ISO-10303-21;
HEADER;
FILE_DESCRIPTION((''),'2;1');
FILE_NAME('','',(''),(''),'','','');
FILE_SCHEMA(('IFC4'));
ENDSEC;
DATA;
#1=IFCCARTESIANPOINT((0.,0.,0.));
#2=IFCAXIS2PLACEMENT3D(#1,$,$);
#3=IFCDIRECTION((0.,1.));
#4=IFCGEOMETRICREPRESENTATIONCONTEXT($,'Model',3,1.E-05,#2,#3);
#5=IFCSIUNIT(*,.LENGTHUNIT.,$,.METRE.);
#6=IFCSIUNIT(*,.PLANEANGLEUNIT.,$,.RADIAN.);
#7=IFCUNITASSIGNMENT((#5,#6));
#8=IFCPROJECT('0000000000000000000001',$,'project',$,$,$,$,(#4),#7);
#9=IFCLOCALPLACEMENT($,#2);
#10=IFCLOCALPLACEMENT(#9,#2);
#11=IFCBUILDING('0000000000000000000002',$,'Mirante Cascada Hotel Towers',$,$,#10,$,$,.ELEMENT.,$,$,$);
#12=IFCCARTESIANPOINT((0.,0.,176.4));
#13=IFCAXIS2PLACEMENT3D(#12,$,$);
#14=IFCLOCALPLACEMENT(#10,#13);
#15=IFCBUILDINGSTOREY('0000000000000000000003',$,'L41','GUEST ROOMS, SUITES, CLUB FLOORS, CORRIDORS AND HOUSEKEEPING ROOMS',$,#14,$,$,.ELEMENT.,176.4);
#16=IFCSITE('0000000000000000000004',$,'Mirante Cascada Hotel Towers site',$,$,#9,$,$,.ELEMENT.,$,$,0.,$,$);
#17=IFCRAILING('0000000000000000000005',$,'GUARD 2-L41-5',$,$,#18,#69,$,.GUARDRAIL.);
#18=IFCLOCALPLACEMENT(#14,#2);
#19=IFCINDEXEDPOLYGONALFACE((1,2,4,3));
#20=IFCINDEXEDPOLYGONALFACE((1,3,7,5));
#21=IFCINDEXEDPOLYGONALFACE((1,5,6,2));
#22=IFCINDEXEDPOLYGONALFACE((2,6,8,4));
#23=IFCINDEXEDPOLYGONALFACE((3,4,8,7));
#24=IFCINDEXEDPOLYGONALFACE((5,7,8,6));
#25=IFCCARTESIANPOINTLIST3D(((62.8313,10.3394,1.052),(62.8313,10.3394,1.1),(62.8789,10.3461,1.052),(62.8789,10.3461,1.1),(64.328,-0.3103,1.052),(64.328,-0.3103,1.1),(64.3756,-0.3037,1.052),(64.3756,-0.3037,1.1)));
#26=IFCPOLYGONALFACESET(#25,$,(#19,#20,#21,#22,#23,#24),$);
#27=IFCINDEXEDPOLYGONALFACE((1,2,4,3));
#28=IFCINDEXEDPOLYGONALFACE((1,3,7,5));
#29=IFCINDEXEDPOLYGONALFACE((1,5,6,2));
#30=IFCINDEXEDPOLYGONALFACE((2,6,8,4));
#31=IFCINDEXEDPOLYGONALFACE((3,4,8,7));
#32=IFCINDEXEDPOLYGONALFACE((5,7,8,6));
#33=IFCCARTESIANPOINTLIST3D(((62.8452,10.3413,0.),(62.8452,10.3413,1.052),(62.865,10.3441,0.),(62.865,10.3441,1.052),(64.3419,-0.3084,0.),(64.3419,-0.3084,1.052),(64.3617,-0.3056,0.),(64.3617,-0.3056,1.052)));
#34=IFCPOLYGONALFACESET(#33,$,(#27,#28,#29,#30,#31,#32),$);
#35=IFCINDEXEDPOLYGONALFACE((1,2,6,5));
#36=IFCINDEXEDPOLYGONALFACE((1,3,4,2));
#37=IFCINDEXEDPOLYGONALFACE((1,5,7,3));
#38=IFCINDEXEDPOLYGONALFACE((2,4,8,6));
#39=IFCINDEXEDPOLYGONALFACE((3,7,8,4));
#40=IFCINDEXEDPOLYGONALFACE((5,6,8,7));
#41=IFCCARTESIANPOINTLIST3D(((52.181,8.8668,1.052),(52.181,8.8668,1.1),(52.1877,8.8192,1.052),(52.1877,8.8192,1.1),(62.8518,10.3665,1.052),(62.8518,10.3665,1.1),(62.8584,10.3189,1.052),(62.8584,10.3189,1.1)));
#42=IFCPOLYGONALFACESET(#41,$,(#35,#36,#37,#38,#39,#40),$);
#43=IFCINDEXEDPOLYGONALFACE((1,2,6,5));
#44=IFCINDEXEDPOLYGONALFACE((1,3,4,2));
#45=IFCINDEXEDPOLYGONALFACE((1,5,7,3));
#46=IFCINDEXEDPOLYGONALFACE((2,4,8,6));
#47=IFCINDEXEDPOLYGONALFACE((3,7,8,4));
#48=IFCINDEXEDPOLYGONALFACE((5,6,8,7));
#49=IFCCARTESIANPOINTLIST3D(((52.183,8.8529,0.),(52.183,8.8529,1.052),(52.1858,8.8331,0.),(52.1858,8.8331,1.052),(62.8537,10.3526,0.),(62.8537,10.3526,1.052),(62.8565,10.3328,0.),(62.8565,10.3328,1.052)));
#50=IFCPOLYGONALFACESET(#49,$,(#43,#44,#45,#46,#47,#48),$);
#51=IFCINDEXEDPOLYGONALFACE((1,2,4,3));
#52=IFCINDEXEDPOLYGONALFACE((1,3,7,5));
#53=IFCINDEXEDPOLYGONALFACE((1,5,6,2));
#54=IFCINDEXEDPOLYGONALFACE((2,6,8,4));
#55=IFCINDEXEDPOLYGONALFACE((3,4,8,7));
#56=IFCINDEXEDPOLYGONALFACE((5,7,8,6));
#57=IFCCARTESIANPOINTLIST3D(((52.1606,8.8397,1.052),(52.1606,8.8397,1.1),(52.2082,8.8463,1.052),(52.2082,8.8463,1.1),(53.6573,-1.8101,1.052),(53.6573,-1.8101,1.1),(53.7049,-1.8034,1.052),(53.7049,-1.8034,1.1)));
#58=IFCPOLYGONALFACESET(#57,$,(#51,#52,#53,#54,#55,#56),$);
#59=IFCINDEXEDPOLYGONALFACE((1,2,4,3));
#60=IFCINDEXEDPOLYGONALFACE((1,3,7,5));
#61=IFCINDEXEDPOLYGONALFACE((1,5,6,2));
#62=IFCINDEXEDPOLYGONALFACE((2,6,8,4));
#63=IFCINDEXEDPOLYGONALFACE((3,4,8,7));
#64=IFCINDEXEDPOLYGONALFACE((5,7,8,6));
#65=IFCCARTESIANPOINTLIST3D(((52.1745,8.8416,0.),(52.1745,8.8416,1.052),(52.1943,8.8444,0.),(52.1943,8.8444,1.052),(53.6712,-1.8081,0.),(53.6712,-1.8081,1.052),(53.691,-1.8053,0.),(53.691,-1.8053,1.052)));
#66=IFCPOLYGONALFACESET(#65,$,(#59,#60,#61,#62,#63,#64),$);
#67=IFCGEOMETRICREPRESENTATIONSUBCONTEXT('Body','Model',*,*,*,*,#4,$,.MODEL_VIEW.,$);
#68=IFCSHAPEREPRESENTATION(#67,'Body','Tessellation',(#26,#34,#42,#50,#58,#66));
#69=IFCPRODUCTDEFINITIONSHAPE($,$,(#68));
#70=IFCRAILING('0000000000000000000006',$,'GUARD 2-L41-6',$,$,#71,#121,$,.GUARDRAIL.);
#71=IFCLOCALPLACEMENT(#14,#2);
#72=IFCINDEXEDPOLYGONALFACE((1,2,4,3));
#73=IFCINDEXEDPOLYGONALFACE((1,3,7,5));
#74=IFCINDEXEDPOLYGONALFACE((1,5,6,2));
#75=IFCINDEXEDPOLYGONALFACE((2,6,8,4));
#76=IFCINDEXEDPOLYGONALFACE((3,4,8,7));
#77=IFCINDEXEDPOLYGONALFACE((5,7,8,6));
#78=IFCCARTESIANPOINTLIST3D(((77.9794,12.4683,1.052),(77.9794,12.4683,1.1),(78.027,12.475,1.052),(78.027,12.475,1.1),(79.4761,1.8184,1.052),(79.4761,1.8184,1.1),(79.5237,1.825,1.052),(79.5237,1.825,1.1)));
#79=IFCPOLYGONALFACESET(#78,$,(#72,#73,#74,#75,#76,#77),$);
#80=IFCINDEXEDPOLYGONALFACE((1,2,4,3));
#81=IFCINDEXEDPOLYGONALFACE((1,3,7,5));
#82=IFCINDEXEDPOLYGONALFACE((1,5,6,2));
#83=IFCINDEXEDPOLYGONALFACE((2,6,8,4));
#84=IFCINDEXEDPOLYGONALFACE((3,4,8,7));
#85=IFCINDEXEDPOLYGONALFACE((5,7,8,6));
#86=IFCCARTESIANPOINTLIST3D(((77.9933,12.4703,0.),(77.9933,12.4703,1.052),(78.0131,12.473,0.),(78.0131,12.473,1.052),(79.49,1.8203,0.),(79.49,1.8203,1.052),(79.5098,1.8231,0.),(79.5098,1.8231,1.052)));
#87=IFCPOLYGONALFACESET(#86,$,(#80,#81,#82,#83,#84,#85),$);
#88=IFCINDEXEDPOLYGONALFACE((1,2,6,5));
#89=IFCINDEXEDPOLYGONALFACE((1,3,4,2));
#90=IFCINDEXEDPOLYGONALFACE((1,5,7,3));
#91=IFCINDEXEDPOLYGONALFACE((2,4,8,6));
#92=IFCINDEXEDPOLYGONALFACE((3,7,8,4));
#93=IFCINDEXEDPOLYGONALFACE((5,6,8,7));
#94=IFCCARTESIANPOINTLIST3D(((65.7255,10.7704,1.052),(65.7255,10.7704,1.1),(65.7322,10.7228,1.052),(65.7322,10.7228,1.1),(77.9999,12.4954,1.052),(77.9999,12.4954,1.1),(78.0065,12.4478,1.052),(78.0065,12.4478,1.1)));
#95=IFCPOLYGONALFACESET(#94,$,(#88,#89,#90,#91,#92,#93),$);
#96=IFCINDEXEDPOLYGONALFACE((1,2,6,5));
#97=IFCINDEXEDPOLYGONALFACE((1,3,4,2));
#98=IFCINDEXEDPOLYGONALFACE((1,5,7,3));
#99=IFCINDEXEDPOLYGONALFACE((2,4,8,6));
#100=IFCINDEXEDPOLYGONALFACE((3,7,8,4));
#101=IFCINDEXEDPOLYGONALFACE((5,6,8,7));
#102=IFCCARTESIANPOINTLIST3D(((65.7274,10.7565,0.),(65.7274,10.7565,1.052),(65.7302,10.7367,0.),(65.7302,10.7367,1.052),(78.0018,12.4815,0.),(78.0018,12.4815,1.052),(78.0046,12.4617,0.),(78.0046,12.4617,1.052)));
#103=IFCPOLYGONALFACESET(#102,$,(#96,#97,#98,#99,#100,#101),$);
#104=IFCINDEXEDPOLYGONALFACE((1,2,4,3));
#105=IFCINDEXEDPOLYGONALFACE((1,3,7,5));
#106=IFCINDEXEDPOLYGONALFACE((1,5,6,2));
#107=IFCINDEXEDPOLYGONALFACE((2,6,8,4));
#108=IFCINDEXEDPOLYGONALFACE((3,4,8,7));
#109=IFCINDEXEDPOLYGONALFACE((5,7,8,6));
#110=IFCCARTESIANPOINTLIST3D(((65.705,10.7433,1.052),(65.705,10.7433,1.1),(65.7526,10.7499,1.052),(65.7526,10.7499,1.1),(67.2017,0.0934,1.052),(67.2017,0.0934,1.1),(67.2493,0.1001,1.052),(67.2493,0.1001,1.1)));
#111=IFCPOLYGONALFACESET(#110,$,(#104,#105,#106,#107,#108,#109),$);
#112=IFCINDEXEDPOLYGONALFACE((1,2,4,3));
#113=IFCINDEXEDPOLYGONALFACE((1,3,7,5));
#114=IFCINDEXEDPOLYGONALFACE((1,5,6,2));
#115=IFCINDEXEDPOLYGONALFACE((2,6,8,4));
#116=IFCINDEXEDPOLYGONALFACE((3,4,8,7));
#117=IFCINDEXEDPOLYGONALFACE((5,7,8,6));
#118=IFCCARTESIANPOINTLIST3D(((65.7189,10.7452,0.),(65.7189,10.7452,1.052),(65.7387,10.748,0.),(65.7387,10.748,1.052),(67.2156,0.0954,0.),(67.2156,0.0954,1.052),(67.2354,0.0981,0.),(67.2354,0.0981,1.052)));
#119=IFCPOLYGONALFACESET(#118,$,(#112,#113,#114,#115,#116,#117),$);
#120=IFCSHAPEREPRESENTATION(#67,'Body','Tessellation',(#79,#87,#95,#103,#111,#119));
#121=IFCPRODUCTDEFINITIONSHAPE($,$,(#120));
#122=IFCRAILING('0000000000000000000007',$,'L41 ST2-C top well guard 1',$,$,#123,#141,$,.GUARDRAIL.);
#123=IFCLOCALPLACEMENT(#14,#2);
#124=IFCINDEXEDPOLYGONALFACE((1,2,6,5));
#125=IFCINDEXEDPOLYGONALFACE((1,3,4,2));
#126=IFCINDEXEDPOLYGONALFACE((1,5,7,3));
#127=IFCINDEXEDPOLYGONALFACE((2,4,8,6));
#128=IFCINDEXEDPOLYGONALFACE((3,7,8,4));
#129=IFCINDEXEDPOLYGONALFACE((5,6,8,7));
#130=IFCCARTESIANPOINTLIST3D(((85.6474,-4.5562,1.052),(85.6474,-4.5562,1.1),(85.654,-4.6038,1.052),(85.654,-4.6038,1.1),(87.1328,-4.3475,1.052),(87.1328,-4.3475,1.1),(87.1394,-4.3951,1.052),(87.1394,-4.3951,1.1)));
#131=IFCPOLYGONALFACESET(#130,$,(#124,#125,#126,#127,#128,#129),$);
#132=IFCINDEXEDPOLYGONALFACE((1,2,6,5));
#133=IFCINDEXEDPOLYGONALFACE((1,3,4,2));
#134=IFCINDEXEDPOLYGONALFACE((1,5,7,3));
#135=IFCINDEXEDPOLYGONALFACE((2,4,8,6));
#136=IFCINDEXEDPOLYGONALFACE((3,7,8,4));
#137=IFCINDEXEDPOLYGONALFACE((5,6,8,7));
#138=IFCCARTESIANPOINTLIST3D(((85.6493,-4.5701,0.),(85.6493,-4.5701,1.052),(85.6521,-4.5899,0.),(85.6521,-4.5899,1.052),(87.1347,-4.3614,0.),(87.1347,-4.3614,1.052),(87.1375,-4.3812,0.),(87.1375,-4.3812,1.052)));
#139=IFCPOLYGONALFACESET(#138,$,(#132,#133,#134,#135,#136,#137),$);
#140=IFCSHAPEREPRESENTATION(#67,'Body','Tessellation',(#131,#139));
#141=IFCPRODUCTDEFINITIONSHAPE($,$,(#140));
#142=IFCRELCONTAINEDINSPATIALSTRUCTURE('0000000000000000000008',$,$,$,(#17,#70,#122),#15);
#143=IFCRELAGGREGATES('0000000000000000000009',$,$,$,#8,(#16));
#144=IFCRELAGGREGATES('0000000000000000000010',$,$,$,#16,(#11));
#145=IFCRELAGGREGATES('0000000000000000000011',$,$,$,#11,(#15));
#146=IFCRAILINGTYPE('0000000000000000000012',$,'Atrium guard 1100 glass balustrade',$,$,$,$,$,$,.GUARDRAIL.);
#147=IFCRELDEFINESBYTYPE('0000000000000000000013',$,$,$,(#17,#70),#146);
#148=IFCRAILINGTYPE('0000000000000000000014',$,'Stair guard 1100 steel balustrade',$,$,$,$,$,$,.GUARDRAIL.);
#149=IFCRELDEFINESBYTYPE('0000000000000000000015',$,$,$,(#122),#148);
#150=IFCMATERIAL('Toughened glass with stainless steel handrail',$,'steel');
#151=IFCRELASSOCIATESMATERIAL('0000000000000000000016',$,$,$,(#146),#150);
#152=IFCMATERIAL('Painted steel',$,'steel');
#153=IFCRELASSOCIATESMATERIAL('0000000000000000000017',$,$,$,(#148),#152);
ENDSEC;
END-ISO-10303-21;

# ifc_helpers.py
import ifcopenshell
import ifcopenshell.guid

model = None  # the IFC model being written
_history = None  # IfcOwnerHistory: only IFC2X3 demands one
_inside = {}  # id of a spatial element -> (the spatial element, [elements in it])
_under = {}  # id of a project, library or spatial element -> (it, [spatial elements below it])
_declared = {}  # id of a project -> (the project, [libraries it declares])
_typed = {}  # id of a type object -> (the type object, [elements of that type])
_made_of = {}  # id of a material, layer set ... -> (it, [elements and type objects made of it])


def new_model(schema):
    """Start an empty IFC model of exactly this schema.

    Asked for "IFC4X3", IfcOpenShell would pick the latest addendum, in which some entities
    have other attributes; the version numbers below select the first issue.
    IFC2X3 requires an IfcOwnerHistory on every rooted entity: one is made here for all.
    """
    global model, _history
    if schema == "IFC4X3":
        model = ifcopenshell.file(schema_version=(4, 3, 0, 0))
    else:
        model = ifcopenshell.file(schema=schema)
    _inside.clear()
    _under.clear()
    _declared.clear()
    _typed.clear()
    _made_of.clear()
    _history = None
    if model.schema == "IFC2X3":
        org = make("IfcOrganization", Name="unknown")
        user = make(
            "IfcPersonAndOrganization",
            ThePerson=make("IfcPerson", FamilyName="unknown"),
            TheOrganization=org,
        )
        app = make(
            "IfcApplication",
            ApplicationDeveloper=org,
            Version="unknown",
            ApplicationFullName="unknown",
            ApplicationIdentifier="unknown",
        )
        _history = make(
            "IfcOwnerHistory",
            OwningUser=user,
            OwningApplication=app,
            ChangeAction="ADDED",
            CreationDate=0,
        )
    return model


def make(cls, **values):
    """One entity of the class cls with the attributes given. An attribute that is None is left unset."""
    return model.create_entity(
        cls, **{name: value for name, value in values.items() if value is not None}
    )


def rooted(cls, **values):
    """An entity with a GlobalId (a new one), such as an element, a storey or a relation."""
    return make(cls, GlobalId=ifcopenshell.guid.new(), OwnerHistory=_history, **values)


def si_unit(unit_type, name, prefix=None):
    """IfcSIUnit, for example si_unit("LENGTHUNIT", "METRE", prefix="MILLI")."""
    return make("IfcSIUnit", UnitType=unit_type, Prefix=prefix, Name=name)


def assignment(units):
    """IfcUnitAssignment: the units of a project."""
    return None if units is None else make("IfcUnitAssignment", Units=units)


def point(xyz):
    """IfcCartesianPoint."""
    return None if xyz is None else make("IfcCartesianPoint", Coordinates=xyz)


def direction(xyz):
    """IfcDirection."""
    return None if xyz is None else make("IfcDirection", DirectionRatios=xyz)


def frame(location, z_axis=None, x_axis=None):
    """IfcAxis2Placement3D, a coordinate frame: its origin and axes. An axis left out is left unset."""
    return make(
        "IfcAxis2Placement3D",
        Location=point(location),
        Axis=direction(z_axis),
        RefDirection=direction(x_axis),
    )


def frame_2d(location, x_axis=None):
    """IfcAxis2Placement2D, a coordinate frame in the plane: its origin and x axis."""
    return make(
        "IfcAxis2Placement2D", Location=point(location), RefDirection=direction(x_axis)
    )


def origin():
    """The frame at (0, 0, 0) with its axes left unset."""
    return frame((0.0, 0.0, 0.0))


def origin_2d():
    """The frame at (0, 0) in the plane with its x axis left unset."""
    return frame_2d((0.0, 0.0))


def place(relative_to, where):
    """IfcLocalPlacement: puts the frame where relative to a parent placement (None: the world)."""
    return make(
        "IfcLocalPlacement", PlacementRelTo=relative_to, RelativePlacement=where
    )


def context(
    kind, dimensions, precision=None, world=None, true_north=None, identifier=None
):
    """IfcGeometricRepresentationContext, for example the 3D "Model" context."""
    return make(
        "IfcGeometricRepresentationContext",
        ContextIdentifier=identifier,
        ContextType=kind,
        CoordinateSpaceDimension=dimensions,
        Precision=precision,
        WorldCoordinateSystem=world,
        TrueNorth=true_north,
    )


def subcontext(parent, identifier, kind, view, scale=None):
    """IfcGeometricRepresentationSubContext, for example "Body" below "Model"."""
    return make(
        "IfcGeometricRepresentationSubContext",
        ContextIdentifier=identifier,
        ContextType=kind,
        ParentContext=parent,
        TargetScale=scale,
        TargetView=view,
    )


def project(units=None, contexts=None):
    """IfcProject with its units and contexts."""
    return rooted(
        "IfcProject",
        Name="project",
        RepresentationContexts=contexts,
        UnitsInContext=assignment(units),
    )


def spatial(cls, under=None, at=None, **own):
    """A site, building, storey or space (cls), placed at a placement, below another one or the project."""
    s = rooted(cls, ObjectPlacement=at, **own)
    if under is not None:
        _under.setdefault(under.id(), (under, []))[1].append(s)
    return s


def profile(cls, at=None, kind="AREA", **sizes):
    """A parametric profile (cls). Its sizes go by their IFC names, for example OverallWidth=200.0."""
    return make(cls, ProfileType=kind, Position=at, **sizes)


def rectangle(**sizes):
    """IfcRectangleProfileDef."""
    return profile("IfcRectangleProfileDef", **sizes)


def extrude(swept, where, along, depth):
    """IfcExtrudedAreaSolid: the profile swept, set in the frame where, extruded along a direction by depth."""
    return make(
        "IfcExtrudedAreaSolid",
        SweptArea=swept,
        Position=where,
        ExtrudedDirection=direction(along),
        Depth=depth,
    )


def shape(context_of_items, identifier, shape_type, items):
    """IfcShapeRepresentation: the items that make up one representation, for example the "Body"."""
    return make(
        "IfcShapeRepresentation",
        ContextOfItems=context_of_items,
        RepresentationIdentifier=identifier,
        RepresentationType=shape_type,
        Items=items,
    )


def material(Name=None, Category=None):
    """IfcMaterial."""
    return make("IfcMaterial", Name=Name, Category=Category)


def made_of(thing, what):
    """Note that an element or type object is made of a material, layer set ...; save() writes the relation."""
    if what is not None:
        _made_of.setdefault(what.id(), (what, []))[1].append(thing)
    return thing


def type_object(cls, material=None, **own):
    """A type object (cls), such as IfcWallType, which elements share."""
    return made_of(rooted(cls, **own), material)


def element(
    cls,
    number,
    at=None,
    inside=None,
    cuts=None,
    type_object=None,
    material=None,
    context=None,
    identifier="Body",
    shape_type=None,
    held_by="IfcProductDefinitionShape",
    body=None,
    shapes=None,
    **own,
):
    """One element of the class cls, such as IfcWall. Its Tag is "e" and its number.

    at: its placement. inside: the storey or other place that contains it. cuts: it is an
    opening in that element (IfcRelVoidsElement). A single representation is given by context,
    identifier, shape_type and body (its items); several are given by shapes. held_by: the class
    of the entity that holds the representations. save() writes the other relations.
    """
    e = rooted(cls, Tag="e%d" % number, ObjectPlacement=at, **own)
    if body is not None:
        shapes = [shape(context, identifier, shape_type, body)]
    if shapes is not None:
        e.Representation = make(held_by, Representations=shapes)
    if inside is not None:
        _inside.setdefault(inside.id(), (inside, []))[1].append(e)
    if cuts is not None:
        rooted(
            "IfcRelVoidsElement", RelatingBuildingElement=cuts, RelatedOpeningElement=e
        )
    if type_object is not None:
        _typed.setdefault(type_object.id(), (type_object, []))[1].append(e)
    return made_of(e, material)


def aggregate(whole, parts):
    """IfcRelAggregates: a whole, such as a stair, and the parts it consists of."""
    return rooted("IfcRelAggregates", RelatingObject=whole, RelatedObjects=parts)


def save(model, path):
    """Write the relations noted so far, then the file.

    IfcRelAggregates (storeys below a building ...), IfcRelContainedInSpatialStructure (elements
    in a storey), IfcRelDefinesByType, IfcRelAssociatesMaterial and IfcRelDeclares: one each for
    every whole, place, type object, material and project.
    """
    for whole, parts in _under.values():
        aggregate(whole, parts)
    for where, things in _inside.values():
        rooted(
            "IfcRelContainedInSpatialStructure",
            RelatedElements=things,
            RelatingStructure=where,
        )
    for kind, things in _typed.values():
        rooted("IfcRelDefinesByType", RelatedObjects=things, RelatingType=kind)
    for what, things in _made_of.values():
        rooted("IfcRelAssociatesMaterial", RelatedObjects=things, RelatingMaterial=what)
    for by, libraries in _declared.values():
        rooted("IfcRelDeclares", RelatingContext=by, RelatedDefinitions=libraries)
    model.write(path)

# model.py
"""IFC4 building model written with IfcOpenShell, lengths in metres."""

from ifc_helpers import new_model, si_unit, direction, frame, origin, origin_2d, place, context, subcontext, project, spatial, rectangle, extrude, material, type_object, element, save


model = new_model("IFC4")

# Units and contexts
model_context = context("Model", 3, precision=1e-05, world=origin(), true_north=direction((0.0, 1.0)))
body_context = subcontext(model_context, "Body", "Model", "MODEL_VIEW")
ifc_project = project(units=[si_unit("LENGTHUNIT", "METRE"), si_unit("PLANEANGLEUNIT", "RADIAN")], contexts=[model_context])

# Site, building, storey
site_placement = place(None, origin())
site = spatial("IfcSite", under=ifc_project, at=site_placement, Name="Mirante Cascada Hotel Towers site", CompositionType="ELEMENT", RefElevation=0.0)
building_placement = place(site_placement, origin())
building = spatial("IfcBuilding", under=site, at=building_placement, Name="Mirante Cascada Hotel Towers", CompositionType="ELEMENT")
storey_placement = place(building_placement, frame((0.0, 0.0, 176.4)))
storey = spatial("IfcBuildingStorey", under=building, at=storey_placement, Name="L41", Description="GUEST ROOMS, SUITES, CLUB FLOORS, CORRIDORS AND HOUSEKEEPING ROOMS", CompositionType="ELEMENT", Elevation=176.4)

# Railings
ifc_material_1 = material(Name="Toughened glass with stainless steel handrail", Category="steel")
railing_type_1 = type_object("IfcRailingType", Name="Atrium guard 1100 glass balustrade", PredefinedType="GUARDRAIL", material=ifc_material_1)
railing_1_placement = place(storey_placement, frame((64.3518, -0.307, 0.0)))
element("IfcRailing", 1, at=railing_1_placement, inside=storey, type_object=railing_type_1, Name="GUARD 2-L41-5", PredefinedType="GUARDRAIL", context=body_context, shape_type="SweptSolid", body=[
    extrude(rectangle(XDim=0.048, YDim=0.048, at=origin_2d()), frame((0.0, 0.0, 1.076), z_axis=(-0.139172, 0.990268, 0.0), x_axis=(-0.990268, -0.139172, 0.0)), (0.0, 0.0, 1.0), 10.7544),
    extrude(rectangle(XDim=0.02, YDim=1.052, at=origin_2d()), frame((0.0, 0.0, 0.526), z_axis=(-0.139172, 0.990268, 0.0), x_axis=(-0.990268, -0.139172, 0.0)), (0.0, 0.0, 1.0), 10.7544),
    extrude(rectangle(XDim=0.048, YDim=0.048, at=origin_2d()), frame((-1.4967, 10.6497, 1.076), z_axis=(-0.990268, -0.139176, 0.0), x_axis=(0.139176, -0.990268, 0.0)), (0.0, 0.0, 1.0), 10.7756),
    extrude(rectangle(XDim=0.02, YDim=1.052, at=origin_2d()), frame((-1.4967, 10.6497, 0.526), z_axis=(-0.990268, -0.139176, 0.0), x_axis=(0.139176, -0.990268, 0.0)), (0.0, 0.0, 1.0), 10.7756),
    extrude(rectangle(XDim=0.048, YDim=0.048, at=origin_2d()), frame((-12.1674, 9.15, 1.076), z_axis=(0.139172, -0.990268, 0.0), x_axis=(0.990268, 0.139172, 0.0)), (0.0, 0.0, 1.0), 10.7544),
    extrude(rectangle(XDim=0.02, YDim=1.052, at=origin_2d()), frame((-12.1674, 9.15, 0.526), z_axis=(0.139172, -0.990268, 0.0), x_axis=(0.990268, 0.139172, 0.0)), (0.0, 0.0, 1.0), 10.7544),
])
railing_2_placement = place(storey_placement, frame((79.4999, 1.8217, 0.0)))
element("IfcRailing", 2, at=railing_2_placement, inside=storey, type_object=railing_type_1, Name="GUARD 2-L41-6", PredefinedType="GUARDRAIL", context=body_context, shape_type="SweptSolid", body=[
    extrude(rectangle(XDim=0.048, YDim=0.048, at=origin_2d()), frame((0.0, 0.0, 1.076), z_axis=(-0.139169, 0.990269, 0.0), x_axis=(-0.990269, -0.139169, 0.0)), (0.0, 0.0, 1.0), 10.7546),
    extrude(rectangle(XDim=0.02, YDim=1.052, at=origin_2d()), frame((0.0, 0.0, 0.526), z_axis=(-0.139169, 0.990269, 0.0), x_axis=(-0.990269, -0.139169, 0.0)), (0.0, 0.0, 1.0), 10.7546),
    extrude(rectangle(XDim=0.048, YDim=0.048, at=origin_2d()), frame((-1.4967, 10.6499, 1.076), z_axis=(-0.990269, -0.139169, 0.0), x_axis=(0.139169, -0.990269, 0.0)), (0.0, 0.0, 1.0), 12.395),
    extrude(rectangle(XDim=0.02, YDim=1.052, at=origin_2d()), frame((-1.4967, 10.6499, 0.526), z_axis=(-0.990269, -0.139169, 0.0), x_axis=(0.139169, -0.990269, 0.0)), (0.0, 0.0, 1.0), 12.395),
    extrude(rectangle(XDim=0.048, YDim=0.048, at=origin_2d()), frame((-13.7711, 8.9249, 1.076), z_axis=(0.13917, -0.990268, 0.0), x_axis=(0.990268, 0.13917, 0.0)), (0.0, 0.0, 1.0), 10.7545),
    extrude(rectangle(XDim=0.02, YDim=1.052, at=origin_2d()), frame((-13.7711, 8.9249, 0.526), z_axis=(0.13917, -0.990268, 0.0), x_axis=(0.990268, 0.13917, 0.0)), (0.0, 0.0, 1.0), 10.7545),
])
ifc_material_2 = material(Name="Painted steel", Category="steel")
railing_type_2 = type_object("IfcRailingType", Name="Stair guard 1100 steel balustrade", PredefinedType="GUARDRAIL", material=ifc_material_2)
railing_3_placement = place(storey_placement, frame((85.6507, -4.58, 0.0)))
element("IfcRailing", 3, at=railing_3_placement, inside=storey, type_object=railing_type_2, Name="L41 ST2-C top well guard 1", PredefinedType="GUARDRAIL", context=body_context, shape_type="SweptSolid", body=[
    extrude(rectangle(XDim=0.048, YDim=0.048, at=origin_2d()), frame((0.0, 0.0, 1.076), z_axis=(0.990274, 0.139134, 0.0), x_axis=(-0.139134, 0.990274, 0.0)), (0.0, 0.0, 1.0), 1.5),
    extrude(rectangle(XDim=0.02, YDim=1.052, at=origin_2d()), frame((0.0, 0.0, 0.526), z_axis=(0.990274, 0.139134, 0.0), x_axis=(-0.139134, 0.990274, 0.0)), (0.0, 0.0, 1.0), 1.5),
])

save(model, "model.ifc")
